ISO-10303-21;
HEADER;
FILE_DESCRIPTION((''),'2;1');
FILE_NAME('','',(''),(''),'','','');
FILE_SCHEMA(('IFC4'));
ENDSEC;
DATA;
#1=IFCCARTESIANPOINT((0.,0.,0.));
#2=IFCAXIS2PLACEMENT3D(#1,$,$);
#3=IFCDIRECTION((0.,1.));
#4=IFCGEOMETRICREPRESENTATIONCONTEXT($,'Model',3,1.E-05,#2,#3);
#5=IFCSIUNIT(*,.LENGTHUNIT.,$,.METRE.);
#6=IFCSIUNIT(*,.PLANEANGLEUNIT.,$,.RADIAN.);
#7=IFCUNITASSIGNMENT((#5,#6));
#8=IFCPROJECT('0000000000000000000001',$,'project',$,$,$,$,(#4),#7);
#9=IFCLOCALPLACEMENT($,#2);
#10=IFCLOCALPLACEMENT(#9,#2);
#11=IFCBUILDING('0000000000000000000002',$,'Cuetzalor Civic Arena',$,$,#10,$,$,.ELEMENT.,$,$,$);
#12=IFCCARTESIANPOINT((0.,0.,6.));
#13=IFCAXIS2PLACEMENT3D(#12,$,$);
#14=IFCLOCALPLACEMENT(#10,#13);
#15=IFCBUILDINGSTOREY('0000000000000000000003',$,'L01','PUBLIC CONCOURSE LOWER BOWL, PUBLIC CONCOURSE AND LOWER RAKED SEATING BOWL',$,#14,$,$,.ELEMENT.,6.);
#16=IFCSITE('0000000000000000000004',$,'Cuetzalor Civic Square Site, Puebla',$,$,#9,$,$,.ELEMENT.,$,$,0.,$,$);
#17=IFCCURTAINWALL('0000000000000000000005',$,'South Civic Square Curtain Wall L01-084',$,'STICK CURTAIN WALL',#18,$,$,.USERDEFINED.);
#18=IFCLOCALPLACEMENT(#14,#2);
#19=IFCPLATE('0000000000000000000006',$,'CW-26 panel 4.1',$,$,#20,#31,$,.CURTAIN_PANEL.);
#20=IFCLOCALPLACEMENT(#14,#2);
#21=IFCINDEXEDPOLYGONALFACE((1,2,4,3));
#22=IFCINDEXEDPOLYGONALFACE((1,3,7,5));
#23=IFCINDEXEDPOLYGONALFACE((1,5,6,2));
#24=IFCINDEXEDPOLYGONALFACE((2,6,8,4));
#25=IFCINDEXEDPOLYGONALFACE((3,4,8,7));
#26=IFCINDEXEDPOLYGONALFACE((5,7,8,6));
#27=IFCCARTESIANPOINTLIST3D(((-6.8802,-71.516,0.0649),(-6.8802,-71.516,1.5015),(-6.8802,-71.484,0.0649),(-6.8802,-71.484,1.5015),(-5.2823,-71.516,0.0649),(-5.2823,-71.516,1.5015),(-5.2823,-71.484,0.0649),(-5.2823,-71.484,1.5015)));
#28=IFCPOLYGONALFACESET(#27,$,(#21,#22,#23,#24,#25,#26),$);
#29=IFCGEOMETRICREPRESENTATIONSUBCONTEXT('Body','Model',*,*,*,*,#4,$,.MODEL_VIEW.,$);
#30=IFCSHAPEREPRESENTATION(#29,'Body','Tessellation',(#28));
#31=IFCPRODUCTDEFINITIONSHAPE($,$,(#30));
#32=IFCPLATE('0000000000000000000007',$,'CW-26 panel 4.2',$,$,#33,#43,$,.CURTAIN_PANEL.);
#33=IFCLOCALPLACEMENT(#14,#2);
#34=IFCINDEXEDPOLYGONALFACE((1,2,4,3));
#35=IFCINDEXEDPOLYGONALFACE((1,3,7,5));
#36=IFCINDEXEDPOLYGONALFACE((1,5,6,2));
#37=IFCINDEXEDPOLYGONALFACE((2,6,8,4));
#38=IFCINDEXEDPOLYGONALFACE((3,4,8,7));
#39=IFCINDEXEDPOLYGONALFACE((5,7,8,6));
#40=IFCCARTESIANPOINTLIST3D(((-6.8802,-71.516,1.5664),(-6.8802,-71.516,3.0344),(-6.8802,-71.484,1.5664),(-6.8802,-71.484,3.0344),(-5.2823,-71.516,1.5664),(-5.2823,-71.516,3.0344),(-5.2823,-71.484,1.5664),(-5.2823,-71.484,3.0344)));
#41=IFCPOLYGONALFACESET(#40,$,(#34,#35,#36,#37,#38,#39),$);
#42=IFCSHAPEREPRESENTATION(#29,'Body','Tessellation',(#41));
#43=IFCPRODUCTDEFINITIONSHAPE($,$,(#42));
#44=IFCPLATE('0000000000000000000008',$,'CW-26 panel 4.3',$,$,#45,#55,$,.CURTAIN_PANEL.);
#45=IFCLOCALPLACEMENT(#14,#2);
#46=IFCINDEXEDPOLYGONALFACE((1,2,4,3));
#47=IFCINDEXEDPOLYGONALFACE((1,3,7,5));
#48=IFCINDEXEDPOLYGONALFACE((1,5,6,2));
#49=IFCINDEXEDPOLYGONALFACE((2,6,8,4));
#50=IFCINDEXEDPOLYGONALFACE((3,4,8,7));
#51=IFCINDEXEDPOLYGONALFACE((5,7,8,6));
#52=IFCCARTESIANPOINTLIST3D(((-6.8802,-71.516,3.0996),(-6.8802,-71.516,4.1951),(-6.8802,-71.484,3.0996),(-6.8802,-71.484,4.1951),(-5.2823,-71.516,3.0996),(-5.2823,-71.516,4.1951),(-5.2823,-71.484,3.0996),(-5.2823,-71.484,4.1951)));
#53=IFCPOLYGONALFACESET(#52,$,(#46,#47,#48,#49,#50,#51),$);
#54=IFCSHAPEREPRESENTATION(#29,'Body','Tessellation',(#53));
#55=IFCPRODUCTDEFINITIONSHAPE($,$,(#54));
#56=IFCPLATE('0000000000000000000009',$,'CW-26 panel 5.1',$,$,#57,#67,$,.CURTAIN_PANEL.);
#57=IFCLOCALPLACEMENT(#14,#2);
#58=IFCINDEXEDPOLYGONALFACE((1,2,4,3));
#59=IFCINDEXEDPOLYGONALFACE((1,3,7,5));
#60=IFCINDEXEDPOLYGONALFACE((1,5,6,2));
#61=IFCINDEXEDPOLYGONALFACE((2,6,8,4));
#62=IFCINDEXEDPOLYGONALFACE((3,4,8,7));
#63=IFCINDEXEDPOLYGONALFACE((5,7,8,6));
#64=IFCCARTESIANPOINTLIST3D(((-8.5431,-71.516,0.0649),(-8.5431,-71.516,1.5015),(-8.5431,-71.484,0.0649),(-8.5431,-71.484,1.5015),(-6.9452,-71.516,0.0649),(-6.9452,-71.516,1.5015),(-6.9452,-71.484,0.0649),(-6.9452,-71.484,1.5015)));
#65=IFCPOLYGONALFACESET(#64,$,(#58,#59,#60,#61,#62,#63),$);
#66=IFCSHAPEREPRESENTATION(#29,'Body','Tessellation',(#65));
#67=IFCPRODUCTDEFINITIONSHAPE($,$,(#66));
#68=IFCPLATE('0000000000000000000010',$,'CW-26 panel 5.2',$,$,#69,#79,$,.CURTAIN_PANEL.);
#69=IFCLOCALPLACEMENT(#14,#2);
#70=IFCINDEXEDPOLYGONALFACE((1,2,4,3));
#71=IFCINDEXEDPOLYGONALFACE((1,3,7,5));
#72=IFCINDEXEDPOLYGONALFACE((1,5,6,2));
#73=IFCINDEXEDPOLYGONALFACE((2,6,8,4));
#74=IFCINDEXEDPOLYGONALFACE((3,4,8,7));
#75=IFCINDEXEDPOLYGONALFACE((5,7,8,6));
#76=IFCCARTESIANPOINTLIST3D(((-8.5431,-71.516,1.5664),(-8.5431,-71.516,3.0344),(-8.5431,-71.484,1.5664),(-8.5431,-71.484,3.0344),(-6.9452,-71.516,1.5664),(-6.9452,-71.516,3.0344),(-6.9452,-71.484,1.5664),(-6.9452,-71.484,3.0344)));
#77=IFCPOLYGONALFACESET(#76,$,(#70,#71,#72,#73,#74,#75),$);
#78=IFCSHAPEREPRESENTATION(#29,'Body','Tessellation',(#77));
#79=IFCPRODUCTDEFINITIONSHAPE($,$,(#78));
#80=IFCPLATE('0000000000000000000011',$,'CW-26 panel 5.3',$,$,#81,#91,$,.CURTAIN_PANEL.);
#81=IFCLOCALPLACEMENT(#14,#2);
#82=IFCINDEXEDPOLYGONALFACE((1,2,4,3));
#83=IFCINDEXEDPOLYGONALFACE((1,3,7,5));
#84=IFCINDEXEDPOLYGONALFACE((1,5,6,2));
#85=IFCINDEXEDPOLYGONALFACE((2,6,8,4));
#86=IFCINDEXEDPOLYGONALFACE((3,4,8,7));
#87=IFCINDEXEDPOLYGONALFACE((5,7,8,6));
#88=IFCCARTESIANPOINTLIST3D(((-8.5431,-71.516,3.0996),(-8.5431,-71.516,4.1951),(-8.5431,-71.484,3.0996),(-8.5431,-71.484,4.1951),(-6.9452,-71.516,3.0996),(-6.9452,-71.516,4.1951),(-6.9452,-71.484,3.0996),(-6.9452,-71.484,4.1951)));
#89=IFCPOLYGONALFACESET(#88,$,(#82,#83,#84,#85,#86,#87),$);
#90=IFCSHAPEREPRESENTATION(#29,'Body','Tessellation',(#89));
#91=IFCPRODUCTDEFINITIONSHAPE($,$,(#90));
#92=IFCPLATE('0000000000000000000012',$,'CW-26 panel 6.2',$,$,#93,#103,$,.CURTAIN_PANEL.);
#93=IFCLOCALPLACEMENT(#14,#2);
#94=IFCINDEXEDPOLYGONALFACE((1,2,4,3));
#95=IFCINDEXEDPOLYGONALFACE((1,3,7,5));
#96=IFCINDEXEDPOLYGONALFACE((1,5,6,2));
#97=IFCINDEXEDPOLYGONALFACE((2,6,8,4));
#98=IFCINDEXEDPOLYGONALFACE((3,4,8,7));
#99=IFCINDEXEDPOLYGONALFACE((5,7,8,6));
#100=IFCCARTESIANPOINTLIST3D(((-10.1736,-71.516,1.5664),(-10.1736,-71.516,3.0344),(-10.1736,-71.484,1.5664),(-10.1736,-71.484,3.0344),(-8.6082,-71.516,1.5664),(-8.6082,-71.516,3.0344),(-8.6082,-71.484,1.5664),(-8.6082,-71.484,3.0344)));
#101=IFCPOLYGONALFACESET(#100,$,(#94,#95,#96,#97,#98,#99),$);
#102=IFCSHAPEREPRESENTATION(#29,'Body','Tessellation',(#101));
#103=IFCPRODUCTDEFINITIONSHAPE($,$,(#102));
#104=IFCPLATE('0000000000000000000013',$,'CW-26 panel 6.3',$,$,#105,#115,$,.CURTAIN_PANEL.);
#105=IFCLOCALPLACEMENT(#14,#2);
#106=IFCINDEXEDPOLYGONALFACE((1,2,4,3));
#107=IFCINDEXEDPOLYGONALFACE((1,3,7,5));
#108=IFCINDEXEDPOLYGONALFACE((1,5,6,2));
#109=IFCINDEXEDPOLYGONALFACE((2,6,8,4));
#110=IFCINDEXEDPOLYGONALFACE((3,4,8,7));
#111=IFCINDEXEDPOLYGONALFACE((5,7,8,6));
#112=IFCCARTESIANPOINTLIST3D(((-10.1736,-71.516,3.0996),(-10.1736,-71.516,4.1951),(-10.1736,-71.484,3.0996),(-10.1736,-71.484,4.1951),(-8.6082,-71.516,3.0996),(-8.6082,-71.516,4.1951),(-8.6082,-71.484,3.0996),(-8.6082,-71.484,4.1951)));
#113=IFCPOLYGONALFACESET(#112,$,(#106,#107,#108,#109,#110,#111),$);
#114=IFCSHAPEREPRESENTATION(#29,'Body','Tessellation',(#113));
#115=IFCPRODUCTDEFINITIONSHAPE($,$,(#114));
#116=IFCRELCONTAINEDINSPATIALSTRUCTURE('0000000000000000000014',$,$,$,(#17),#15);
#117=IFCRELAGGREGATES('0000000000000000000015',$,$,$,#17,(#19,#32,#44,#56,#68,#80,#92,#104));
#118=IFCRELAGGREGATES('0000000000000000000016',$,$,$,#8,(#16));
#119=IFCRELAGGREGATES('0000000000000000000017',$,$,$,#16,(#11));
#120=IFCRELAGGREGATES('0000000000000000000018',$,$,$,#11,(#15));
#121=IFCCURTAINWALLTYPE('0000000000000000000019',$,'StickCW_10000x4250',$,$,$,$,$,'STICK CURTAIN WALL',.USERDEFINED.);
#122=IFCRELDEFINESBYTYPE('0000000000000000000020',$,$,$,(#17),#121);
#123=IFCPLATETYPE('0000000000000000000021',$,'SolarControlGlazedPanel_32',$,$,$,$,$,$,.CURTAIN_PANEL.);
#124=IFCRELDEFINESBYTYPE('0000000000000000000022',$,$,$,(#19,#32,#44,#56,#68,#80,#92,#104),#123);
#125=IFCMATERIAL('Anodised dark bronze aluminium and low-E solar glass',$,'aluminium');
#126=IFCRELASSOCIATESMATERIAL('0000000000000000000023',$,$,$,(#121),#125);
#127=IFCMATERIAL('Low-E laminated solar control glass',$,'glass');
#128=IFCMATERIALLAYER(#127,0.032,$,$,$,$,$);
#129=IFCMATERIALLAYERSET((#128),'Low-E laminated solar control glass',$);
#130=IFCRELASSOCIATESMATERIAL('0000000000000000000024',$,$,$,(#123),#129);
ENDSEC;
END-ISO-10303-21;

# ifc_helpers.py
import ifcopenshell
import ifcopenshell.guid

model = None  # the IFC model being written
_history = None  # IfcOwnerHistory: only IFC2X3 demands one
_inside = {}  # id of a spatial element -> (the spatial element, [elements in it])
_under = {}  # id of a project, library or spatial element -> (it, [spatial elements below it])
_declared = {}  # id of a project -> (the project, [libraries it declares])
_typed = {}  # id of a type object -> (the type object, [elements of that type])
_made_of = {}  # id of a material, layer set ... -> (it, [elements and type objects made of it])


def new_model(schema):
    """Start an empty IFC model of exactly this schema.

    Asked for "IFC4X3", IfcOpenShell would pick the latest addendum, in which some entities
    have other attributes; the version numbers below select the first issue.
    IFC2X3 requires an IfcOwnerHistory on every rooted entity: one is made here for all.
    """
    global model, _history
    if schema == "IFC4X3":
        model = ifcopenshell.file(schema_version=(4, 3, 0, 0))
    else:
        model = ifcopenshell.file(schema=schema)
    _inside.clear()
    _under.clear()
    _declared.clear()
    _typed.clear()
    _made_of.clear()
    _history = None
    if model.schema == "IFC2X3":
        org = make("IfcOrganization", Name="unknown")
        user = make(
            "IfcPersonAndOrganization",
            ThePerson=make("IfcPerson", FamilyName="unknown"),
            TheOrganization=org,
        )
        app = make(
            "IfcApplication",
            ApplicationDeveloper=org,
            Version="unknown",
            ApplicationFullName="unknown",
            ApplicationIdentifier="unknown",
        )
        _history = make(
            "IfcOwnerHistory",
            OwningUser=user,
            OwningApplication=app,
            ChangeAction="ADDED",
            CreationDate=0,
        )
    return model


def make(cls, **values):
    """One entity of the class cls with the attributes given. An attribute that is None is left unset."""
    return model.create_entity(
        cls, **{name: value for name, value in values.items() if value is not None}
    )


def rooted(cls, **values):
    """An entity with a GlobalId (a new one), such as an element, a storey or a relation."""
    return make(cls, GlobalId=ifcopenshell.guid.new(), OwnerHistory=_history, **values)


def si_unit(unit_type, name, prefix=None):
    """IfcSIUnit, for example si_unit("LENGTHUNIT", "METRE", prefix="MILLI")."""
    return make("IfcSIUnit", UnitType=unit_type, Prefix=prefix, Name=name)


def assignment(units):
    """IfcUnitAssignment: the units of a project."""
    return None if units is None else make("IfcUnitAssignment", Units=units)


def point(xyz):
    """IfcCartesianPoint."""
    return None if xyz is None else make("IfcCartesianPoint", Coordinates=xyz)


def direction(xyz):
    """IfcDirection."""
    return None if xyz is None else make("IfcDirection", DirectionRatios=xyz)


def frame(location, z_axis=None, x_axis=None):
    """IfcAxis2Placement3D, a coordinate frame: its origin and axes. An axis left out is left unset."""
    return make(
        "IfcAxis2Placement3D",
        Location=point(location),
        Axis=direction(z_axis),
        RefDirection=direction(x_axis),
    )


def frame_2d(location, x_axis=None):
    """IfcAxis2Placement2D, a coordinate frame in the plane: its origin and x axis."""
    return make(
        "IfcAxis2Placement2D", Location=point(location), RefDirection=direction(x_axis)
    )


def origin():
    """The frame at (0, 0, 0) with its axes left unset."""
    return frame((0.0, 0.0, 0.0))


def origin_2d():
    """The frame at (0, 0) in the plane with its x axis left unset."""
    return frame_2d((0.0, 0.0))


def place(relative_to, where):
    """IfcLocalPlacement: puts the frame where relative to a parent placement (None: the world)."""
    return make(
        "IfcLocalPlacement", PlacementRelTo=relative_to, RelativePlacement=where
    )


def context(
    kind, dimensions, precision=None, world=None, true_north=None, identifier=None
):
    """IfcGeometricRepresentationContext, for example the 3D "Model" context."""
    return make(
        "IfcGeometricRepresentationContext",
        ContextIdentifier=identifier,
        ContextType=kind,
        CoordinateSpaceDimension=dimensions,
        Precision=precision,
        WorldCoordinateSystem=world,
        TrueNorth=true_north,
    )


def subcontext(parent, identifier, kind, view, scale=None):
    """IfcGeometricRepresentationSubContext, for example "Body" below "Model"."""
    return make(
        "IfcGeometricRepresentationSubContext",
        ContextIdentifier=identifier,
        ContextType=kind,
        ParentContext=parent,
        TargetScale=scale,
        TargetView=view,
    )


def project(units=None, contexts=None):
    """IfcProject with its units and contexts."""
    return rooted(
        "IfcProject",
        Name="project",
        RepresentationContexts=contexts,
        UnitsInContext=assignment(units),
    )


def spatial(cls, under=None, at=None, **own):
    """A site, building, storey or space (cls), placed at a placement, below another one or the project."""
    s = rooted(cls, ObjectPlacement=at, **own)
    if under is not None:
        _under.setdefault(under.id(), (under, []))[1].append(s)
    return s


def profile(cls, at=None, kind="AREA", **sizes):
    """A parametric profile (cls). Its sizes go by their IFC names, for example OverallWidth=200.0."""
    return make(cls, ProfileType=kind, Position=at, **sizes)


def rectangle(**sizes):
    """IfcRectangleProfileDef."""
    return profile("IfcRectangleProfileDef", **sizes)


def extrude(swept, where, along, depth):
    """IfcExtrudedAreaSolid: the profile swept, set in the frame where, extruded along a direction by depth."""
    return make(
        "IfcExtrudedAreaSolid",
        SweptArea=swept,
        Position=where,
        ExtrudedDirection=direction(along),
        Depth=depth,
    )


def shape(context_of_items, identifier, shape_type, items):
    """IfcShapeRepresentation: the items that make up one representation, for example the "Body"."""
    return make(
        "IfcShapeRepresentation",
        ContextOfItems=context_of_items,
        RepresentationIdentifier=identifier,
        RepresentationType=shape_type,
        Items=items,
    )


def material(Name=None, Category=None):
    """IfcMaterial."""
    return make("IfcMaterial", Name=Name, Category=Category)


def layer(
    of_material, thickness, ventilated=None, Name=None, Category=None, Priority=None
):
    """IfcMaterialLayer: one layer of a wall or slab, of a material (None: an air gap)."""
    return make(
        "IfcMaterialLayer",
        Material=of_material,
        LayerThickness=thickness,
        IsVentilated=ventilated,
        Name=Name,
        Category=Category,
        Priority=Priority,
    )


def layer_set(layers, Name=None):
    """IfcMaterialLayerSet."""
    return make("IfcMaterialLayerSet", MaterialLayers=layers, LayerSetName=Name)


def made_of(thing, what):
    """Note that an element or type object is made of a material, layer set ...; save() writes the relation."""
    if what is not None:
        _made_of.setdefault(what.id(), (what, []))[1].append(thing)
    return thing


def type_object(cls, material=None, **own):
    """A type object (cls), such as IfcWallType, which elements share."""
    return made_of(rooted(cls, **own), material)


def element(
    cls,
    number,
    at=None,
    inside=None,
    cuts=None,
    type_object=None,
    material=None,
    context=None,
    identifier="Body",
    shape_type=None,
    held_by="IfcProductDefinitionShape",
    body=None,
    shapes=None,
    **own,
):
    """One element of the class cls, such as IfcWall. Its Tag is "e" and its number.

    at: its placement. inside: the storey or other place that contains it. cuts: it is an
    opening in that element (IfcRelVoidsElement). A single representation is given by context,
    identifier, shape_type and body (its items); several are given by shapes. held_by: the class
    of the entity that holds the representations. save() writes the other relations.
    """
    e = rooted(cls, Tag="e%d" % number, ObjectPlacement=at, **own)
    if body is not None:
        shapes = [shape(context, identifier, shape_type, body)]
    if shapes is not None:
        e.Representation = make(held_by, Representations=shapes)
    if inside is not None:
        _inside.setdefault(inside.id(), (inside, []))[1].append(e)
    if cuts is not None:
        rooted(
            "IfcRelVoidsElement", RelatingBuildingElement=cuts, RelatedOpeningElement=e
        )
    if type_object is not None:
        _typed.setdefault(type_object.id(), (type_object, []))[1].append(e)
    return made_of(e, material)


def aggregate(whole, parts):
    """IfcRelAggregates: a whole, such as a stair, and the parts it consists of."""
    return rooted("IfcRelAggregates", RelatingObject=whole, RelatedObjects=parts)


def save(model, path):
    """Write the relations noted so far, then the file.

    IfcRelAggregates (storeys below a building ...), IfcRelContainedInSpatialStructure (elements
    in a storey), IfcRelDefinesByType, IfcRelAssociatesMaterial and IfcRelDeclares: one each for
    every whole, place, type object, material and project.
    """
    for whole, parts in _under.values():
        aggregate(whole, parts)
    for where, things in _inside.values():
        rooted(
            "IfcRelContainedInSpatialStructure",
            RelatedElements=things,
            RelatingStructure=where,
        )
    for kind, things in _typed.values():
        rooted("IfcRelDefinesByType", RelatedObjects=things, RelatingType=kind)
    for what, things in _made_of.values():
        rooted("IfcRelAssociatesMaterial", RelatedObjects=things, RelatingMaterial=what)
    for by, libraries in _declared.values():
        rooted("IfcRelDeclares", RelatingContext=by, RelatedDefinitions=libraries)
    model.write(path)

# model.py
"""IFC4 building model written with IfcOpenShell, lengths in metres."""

from ifc_helpers import new_model, si_unit, direction, frame, origin, origin_2d, place, context, subcontext, project, spatial, rectangle, extrude, material, layer, layer_set, type_object, element, aggregate, save


model = new_model("IFC4")

# Units and contexts
model_context = context("Model", 3, precision=1e-05, world=origin(), true_north=direction((0.0, 1.0)))
body_context = subcontext(model_context, "Body", "Model", "MODEL_VIEW")
ifc_project = project(units=[si_unit("LENGTHUNIT", "METRE"), si_unit("PLANEANGLEUNIT", "RADIAN")], contexts=[model_context])

# Site, building, storey
site_placement = place(None, origin())
site = spatial("IfcSite", under=ifc_project, at=site_placement, Name="Cuetzalor Civic Square Site, Puebla", CompositionType="ELEMENT", RefElevation=0.0)
building_placement = place(site_placement, origin())
building = spatial("IfcBuilding", under=site, at=building_placement, Name="Cuetzalor Civic Arena", CompositionType="ELEMENT")
storey_placement = place(building_placement, frame((0.0, 0.0, 6.0)))
storey = spatial("IfcBuildingStorey", under=building, at=storey_placement, Name="L01", Description="PUBLIC CONCOURSE LOWER BOWL, PUBLIC CONCOURSE AND LOWER RAKED SEATING BOWL", CompositionType="ELEMENT", Elevation=6.0)

# Curtain wall, plates
ifc_material_1 = material(Name="Anodised dark bronze aluminium and low-E solar glass", Category="aluminium")
curtain_wall_type = type_object("IfcCurtainWallType", Name="StickCW_10000x4250", ElementType="STICK CURTAIN WALL", PredefinedType="USERDEFINED", material=ifc_material_1)
curtain_wall_placement = place(storey_placement, origin())
curtain_wall = element("IfcCurtainWall", 1, at=curtain_wall_placement, inside=storey, type_object=curtain_wall_type, Name="South Civic Square Curtain Wall L01-084", ObjectType="STICK CURTAIN WALL", PredefinedType="USERDEFINED")
ifc_material_2 = material(Name="Low-E laminated solar control glass", Category="glass")
ifc_layer = layer(ifc_material_2, 0.032)
ifc_layer_set = layer_set([ifc_layer], Name="Low-E laminated solar control glass")
plate_type = type_object("IfcPlateType", Name="SolarControlGlazedPanel_32", PredefinedType="CURTAIN_PANEL", material=ifc_layer_set)
plate_1_placement = place(storey_placement, frame((-6.0813, -71.5, 0.0649), z_axis=(0.0, 0.0, 1.0), x_axis=(-1.0, 0.0, 0.0)))
plate_1 = element("IfcPlate", 2, at=plate_1_placement, type_object=plate_type, Name="CW-26 panel 4.1", PredefinedType="CURTAIN_PANEL", context=body_context, shape_type="SweptSolid", body=[
    extrude(rectangle(XDim=1.5979, YDim=0.032, at=origin_2d()), origin(), (0.0, 0.0, 1.0), 1.4365),
])
plate_2_placement = place(storey_placement, frame((-6.0813, -71.5, 1.5664), z_axis=(0.0, 0.0, 1.0), x_axis=(-1.0, 0.0, 0.0)))
plate_2 = element("IfcPlate", 3, at=plate_2_placement, type_object=plate_type, Name="CW-26 panel 4.2", PredefinedType="CURTAIN_PANEL", context=body_context, shape_type="SweptSolid", body=[
    extrude(rectangle(XDim=1.5979, YDim=0.032, at=origin_2d()), origin(), (0.0, 0.0, 1.0), 1.468),
])
plate_3_placement = place(storey_placement, frame((-6.0813, -71.5, 3.0996), z_axis=(0.0, 0.0, 1.0), x_axis=(-1.0, 0.0, 0.0)))
plate_3 = element("IfcPlate", 4, at=plate_3_placement, type_object=plate_type, Name="CW-26 panel 4.3", PredefinedType="CURTAIN_PANEL", context=body_context, shape_type="SweptSolid", body=[
    extrude(rectangle(XDim=1.5979, YDim=0.032, at=origin_2d()), origin(), (0.0, 0.0, 1.0), 1.0955),
])
plate_4_placement = place(storey_placement, frame((-7.7441, -71.5, 0.0649), z_axis=(0.0, 0.0, 1.0), x_axis=(-1.0, 0.0, 0.0)))
plate_4 = element("IfcPlate", 5, at=plate_4_placement, type_object=plate_type, Name="CW-26 panel 5.1", PredefinedType="CURTAIN_PANEL", context=body_context, shape_type="SweptSolid", body=[
    extrude(rectangle(XDim=1.5979, YDim=0.032, at=origin_2d()), origin(), (0.0, 0.0, 1.0), 1.4365),
])
plate_5_placement = place(storey_placement, frame((-7.7441, -71.5, 1.5664), z_axis=(0.0, 0.0, 1.0), x_axis=(-1.0, 0.0, 0.0)))
plate_5 = element("IfcPlate", 6, at=plate_5_placement, type_object=plate_type, Name="CW-26 panel 5.2", PredefinedType="CURTAIN_PANEL", context=body_context, shape_type="SweptSolid", body=[
    extrude(rectangle(XDim=1.5979, YDim=0.032, at=origin_2d()), origin(), (0.0, 0.0, 1.0), 1.468),
])
plate_6_placement = place(storey_placement, frame((-7.7441, -71.5, 3.0996), z_axis=(0.0, 0.0, 1.0), x_axis=(-1.0, 0.0, 0.0)))
plate_6 = element("IfcPlate", 7, at=plate_6_placement, type_object=plate_type, Name="CW-26 panel 5.3", PredefinedType="CURTAIN_PANEL", context=body_context, shape_type="SweptSolid", body=[
    extrude(rectangle(XDim=1.5979, YDim=0.032, at=origin_2d()), origin(), (0.0, 0.0, 1.0), 1.0955),
])
plate_7_placement = place(storey_placement, frame((-9.3909, -71.5, 1.5664), z_axis=(0.0, 0.0, 1.0), x_axis=(-1.0, 0.0, 0.0)))
plate_7 = element("IfcPlate", 8, at=plate_7_placement, type_object=plate_type, Name="CW-26 panel 6.2", PredefinedType="CURTAIN_PANEL", context=body_context, shape_type="SweptSolid", body=[
    extrude(rectangle(XDim=1.5654, YDim=0.032, at=origin_2d()), origin(), (0.0, 0.0, 1.0), 1.468),
])
plate_8_placement = place(storey_placement, frame((-9.3909, -71.5, 3.0996), z_axis=(0.0, 0.0, 1.0), x_axis=(-1.0, 0.0, 0.0)))
plate_8 = element("IfcPlate", 9, at=plate_8_placement, type_object=plate_type, Name="CW-26 panel 6.3", PredefinedType="CURTAIN_PANEL", context=body_context, shape_type="SweptSolid", body=[
    extrude(rectangle(XDim=1.5654, YDim=0.032, at=origin_2d()), origin(), (0.0, 0.0, 1.0), 1.0955),
])
aggregate(curtain_wall, [plate_1, plate_2, plate_3, plate_4, plate_5, plate_6, plate_7, plate_8])

save(model, "model.ifc")
